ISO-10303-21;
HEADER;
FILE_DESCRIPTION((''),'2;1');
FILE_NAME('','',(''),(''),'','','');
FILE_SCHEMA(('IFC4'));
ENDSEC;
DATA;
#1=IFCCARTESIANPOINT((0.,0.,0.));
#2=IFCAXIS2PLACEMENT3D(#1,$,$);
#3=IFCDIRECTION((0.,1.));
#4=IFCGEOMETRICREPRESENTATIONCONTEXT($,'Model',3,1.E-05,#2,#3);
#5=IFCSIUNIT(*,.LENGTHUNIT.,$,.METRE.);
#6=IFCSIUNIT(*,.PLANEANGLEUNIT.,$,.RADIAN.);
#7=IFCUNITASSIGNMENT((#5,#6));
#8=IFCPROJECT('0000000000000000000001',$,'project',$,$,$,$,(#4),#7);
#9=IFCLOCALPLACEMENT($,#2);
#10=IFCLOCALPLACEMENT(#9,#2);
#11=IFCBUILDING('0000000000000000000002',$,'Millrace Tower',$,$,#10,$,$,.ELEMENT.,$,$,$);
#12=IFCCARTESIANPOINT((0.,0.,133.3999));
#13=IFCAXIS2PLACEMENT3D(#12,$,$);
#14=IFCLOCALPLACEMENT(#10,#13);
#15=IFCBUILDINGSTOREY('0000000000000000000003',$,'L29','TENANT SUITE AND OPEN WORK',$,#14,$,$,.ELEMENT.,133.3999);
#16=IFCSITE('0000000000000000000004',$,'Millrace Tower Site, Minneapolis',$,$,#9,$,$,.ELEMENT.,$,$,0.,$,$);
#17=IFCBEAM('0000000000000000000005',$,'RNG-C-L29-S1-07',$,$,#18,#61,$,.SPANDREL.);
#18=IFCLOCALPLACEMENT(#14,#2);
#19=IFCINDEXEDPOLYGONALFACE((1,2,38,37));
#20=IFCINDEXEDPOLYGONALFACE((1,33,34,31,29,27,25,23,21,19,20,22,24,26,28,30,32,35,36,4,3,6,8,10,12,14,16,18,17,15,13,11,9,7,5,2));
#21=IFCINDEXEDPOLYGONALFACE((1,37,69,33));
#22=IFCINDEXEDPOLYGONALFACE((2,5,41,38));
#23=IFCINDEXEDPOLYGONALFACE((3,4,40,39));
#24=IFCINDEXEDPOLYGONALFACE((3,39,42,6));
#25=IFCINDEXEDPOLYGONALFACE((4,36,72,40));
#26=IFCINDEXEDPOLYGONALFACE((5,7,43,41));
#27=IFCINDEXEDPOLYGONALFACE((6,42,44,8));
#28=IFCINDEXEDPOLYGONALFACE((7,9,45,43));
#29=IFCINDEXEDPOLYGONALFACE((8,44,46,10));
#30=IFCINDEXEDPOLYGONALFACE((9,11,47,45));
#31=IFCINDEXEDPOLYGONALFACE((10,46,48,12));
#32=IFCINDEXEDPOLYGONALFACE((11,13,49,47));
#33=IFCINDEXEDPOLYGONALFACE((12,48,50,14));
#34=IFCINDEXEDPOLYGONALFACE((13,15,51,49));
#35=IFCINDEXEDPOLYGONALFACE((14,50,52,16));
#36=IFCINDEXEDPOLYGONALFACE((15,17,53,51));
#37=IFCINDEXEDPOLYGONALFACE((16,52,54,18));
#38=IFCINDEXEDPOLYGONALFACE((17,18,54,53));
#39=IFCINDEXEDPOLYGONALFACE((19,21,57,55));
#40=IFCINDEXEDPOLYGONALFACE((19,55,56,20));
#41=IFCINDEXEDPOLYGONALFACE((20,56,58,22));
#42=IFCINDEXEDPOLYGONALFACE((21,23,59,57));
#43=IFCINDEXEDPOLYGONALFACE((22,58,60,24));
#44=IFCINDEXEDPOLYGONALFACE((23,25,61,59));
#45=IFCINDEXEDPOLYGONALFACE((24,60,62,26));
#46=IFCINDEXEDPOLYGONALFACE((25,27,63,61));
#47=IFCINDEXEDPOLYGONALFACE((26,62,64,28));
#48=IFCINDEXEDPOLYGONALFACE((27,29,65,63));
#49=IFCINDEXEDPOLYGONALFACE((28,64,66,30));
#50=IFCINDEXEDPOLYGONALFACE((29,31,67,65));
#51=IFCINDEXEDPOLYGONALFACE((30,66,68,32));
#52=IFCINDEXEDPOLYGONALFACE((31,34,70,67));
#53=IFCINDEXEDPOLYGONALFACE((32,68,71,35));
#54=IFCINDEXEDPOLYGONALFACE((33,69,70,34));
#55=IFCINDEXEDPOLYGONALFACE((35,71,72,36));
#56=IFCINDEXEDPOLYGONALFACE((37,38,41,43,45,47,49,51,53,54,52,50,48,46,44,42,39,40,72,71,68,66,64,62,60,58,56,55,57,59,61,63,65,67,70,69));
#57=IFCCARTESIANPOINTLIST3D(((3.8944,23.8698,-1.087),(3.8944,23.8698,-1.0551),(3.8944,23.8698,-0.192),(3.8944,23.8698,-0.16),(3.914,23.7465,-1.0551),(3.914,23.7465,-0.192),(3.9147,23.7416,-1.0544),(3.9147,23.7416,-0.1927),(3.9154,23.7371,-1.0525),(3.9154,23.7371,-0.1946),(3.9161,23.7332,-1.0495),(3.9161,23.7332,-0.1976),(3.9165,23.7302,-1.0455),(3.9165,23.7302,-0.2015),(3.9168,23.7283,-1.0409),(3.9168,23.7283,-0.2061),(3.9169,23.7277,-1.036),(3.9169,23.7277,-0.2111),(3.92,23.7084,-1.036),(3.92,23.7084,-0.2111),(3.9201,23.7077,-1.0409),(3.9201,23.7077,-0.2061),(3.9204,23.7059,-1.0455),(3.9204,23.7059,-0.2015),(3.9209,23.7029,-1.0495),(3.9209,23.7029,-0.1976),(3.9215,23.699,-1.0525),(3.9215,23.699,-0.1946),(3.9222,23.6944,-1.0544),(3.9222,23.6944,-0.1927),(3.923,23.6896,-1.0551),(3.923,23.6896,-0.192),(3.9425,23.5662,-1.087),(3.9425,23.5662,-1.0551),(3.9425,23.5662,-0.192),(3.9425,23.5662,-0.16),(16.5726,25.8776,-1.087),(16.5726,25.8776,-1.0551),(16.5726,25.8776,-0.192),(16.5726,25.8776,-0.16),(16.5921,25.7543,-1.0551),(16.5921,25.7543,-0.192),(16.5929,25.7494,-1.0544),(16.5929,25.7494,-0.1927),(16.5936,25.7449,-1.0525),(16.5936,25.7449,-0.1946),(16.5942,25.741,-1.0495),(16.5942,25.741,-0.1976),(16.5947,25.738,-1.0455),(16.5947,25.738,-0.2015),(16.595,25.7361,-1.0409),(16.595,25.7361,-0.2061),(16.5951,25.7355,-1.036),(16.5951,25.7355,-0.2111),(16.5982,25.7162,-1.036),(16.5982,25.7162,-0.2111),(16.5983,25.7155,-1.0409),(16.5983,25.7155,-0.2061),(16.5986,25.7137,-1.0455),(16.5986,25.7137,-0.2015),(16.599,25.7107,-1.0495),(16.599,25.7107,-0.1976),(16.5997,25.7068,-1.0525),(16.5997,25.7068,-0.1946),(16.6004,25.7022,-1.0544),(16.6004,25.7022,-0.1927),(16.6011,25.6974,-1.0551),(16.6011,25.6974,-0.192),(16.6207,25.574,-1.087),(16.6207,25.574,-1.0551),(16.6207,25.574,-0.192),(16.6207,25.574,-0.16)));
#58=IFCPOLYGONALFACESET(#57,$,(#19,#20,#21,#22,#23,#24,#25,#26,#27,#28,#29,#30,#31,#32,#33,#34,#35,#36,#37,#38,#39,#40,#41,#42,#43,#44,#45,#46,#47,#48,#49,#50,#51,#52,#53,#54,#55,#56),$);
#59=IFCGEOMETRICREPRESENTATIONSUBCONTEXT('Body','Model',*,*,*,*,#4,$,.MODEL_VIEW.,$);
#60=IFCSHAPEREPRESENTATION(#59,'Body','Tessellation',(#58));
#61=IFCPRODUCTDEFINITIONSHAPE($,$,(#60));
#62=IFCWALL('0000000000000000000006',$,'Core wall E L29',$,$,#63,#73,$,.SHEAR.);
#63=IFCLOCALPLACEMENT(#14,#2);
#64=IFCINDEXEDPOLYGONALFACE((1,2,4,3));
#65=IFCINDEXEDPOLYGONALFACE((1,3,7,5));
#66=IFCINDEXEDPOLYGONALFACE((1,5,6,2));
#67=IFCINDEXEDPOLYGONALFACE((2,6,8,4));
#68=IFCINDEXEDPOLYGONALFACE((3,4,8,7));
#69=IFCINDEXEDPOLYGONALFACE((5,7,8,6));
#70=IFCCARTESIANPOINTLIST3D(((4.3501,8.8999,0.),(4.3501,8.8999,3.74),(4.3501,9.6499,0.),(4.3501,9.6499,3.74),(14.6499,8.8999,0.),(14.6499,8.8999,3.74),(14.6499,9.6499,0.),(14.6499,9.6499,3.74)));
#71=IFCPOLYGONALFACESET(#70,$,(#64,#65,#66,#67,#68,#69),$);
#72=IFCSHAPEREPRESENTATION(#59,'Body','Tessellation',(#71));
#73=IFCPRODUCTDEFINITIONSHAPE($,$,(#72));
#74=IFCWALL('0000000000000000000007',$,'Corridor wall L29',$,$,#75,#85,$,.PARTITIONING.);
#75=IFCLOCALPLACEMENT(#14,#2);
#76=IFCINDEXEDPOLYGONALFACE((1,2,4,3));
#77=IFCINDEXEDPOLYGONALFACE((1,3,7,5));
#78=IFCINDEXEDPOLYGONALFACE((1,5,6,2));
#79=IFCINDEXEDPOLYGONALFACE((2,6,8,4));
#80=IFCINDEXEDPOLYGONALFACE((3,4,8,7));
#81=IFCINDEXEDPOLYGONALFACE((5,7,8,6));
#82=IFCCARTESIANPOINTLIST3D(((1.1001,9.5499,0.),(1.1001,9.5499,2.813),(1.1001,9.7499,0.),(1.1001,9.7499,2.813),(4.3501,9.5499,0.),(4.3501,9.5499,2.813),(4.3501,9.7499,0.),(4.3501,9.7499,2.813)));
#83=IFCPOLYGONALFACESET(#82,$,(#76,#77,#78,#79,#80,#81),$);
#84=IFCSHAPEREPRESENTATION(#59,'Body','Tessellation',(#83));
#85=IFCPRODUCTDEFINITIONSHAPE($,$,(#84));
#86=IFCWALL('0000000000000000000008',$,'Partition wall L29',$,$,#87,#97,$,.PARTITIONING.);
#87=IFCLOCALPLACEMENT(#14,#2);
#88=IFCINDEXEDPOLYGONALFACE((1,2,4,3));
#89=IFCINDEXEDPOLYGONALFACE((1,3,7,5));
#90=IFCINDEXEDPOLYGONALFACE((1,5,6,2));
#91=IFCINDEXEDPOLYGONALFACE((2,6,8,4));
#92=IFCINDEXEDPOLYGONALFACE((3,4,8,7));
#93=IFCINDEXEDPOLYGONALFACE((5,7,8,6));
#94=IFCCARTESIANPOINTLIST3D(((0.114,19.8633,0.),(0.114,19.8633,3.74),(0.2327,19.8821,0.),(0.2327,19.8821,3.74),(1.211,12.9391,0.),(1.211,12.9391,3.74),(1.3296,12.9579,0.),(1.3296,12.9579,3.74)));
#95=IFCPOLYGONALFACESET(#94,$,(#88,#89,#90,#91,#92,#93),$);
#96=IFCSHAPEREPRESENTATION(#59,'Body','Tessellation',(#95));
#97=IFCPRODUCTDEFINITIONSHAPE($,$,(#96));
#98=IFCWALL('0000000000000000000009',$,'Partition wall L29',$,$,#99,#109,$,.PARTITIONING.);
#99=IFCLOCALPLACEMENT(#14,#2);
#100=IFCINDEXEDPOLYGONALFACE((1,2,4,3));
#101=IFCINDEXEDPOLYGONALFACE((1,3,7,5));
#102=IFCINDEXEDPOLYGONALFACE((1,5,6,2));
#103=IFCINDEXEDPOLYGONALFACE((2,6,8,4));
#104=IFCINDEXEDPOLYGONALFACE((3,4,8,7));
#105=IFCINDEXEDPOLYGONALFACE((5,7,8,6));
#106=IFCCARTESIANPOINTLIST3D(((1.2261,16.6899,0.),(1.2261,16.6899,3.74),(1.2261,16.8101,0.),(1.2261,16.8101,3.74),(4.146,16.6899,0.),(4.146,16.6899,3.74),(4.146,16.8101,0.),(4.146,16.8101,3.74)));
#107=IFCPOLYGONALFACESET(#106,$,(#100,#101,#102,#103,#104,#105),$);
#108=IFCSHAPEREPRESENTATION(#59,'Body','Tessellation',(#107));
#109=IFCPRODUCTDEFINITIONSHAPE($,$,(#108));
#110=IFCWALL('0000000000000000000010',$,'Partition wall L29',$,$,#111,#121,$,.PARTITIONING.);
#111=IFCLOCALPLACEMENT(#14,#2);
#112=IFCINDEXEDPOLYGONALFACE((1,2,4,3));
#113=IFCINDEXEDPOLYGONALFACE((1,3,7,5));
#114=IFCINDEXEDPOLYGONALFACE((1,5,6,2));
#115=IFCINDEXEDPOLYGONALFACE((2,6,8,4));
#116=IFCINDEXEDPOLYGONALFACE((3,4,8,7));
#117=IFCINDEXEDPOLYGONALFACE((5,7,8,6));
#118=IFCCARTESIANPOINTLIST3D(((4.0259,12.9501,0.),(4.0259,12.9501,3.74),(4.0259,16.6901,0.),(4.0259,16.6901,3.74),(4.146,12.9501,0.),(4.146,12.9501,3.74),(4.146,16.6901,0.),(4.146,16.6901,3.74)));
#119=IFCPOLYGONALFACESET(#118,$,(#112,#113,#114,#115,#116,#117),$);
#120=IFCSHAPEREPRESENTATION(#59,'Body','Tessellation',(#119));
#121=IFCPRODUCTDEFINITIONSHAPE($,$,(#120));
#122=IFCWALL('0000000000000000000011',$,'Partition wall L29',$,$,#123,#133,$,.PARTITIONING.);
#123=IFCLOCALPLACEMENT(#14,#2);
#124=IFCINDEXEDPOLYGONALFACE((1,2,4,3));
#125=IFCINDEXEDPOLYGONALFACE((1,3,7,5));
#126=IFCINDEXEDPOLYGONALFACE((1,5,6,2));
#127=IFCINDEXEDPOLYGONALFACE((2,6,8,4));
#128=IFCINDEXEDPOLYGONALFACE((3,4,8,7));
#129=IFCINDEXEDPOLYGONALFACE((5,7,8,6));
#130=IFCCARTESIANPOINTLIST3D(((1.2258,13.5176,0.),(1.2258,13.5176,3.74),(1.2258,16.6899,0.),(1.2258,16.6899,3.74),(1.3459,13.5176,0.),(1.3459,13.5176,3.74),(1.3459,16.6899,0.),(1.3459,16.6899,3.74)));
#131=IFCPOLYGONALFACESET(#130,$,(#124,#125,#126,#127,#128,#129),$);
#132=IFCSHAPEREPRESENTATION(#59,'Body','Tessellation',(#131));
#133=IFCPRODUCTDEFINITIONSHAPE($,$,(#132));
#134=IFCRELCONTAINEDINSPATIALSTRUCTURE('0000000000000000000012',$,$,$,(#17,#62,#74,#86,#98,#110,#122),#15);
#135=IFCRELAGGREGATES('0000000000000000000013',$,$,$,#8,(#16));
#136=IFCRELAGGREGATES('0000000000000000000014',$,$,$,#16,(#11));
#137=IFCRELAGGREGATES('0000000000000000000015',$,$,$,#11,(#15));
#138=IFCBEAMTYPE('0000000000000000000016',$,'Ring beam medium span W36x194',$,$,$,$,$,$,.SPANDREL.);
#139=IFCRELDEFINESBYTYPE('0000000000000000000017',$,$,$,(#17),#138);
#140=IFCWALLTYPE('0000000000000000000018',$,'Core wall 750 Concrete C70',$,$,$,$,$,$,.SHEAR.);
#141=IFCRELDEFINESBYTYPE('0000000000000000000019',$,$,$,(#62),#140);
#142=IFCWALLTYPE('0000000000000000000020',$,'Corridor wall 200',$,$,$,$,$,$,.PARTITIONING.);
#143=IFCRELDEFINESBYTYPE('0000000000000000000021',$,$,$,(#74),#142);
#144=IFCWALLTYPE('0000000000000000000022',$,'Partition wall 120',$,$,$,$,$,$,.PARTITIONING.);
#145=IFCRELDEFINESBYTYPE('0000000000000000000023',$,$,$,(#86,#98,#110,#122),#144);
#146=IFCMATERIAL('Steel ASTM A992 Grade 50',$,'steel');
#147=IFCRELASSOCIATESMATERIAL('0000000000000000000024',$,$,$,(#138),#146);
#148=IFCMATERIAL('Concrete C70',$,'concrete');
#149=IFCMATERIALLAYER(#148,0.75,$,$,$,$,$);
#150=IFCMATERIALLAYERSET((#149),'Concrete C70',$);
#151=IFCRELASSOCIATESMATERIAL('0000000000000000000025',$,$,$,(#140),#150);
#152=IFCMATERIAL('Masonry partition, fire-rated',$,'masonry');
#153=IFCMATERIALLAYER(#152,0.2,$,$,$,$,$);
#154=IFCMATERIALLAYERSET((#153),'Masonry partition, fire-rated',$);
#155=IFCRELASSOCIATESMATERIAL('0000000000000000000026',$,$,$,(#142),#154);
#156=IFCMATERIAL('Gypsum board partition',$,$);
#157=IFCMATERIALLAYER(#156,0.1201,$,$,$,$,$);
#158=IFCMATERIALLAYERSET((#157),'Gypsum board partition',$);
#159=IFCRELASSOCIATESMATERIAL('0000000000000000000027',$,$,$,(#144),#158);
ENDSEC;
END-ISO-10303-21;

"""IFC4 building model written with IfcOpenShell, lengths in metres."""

from ifc_helpers import new_model, si_unit, direction, frame, frame_2d, origin, origin_2d, place, context, subcontext, project, spatial, rectangle, i_section, extrude, material, layer, layer_set, material_profile, profile_set, type_object, element, save


model = new_model("IFC4")

# Units and contexts
model_context = context("Model", 3, precision=1e-05, world=origin(), true_north=direction((0.0, 1.0)))
body_context = subcontext(model_context, "Body", "Model", "MODEL_VIEW")
ifc_project = project(units=[si_unit("LENGTHUNIT", "METRE"), si_unit("PLANEANGLEUNIT", "RADIAN")], contexts=[model_context])

# Site, building, storey
site_placement = place(None, origin())
site = spatial("IfcSite", under=ifc_project, at=site_placement, Name="Millrace Tower Site, Minneapolis", CompositionType="ELEMENT", RefElevation=0.0)
building_placement = place(site_placement, origin())
building = spatial("IfcBuilding", under=site, at=building_placement, Name="Millrace Tower", CompositionType="ELEMENT")
storey_placement = place(building_placement, frame((0.0, 0.0, 133.3999)))
storey = spatial("IfcBuildingStorey", under=building, at=storey_placement, Name="L29", Description="TENANT SUITE AND OPEN WORK", CompositionType="ELEMENT", Elevation=133.3999)

# Beam
ifc_material_1 = material(Name="Steel ASTM A992 Grade 50", Category="steel")
ifc_material_profile_1 = material_profile(ifc_material_1, i_section(OverallWidth=0.3074, OverallDepth=0.927, WebThickness=0.0195, FlangeThickness=0.032, FilletRadius=0.019, at=origin_2d()))
ifc_profile_set_1 = profile_set([ifc_material_profile_1], Name="Steel ASTM A992 Grade 50")
beam_type_1 = type_object("IfcBeamType", Name="Ring beam medium span W36x194", PredefinedType="SPANDREL", material=ifc_profile_set_1)
beam_1_placement = place(storey_placement, frame((3.9185, 23.718, -0.6235), z_axis=(0.987691, 0.156418, 0.0), x_axis=(-0.156418, 0.987691, 0.0)))
element("IfcBeam", 1, at=beam_1_placement, inside=storey, type_object=beam_type_1, Name="RNG-C-L29-S1-07", PredefinedType="SPANDREL", context=body_context, shape_type="SweptSolid", body=[
    extrude(i_section(OverallWidth=0.3074, OverallDepth=0.927, WebThickness=0.0195, FlangeThickness=0.032, FilletRadius=0.019, at=origin_2d()), origin(), (0.0, 0.0, 1.0), 12.8362),
])

# Walls
ifc_material_2 = material(Name="Concrete C70", Category="concrete")
ifc_layer_1 = layer(ifc_material_2, 0.75)
ifc_layer_set_1 = layer_set([ifc_layer_1], Name="Concrete C70")
wall_type_1 = type_object("IfcWallType", Name="Core wall 750 Concrete C70", PredefinedType="SHEAR", material=ifc_layer_set_1)
wall_1_placement = place(storey_placement, frame((14.6499, 9.2749, 0.0), z_axis=(0.0, 0.0, 1.0), x_axis=(-1.0, 0.0, 0.0)))
element("IfcWall", 2, at=wall_1_placement, inside=storey, type_object=wall_type_1, Name="Core wall E L29", PredefinedType="SHEAR", context=body_context, shape_type="SweptSolid", body=[
    extrude(rectangle(XDim=10.2998, YDim=0.75, at=frame_2d((5.1499, 0.0))), origin(), (0.0, 0.0, 1.0), 3.74),
])
ifc_material_3 = material(Name="Masonry partition, fire-rated", Category="masonry")
ifc_layer_2 = layer(ifc_material_3, 0.2)
ifc_layer_set_2 = layer_set([ifc_layer_2], Name="Masonry partition, fire-rated")
wall_type_2 = type_object("IfcWallType", Name="Corridor wall 200", PredefinedType="PARTITIONING", material=ifc_layer_set_2)
wall_2_placement = place(storey_placement, frame((1.1001, 9.6499, 0.0), z_axis=(0.0, 0.0, 1.0), x_axis=(1.0, 0.0, 0.0)))
element("IfcWall", 3, at=wall_2_placement, inside=storey, type_object=wall_type_2, Name="Corridor wall L29", PredefinedType="PARTITIONING", context=body_context, shape_type="SweptSolid", body=[
    extrude(rectangle(XDim=3.25, YDim=0.2, at=frame_2d((1.625, 0.0))), origin(), (0.0, 0.0, 1.0), 2.813),
])
ifc_material_4 = material(Name="Gypsum board partition")
ifc_layer_3 = layer(ifc_material_4, 0.1201)
ifc_layer_set_3 = layer_set([ifc_layer_3], Name="Gypsum board partition")
wall_type_3 = type_object("IfcWallType", Name="Partition wall 120", PredefinedType="PARTITIONING", material=ifc_layer_set_3)
wall_3_placement = place(storey_placement, frame((0.1733, 19.8728, 0.0), z_axis=(0.0, 0.0, 1.0), x_axis=(0.15647, -0.987683, 0.0)))
element("IfcWall", 4, at=wall_3_placement, inside=storey, type_object=wall_type_3, Name="Partition wall L29", PredefinedType="PARTITIONING", context=body_context, shape_type="SweptSolid", body=[
    extrude(rectangle(XDim=7.0105, YDim=0.1201, at=frame_2d((3.5054, 0.0))), origin(), (0.0, 0.0, 1.0), 3.74),
])
wall_4_placement = place(storey_placement, frame((1.2261, 16.75, 0.0), z_axis=(0.0, 0.0, 1.0), x_axis=(1.0, 0.0, 0.0)))
element("IfcWall", 5, at=wall_4_placement, inside=storey, type_object=wall_type_3, Name="Partition wall L29", PredefinedType="PARTITIONING", context=body_context, shape_type="SweptSolid", body=[
    extrude(rectangle(XDim=2.9199, YDim=0.1201, at=frame_2d((1.46, 0.0))), origin(), (0.0, 0.0, 1.0), 3.74),
])
wall_5_placement = place(storey_placement, frame((4.0859, 12.95, 0.0), z_axis=(0.0, 0.0, 1.0), x_axis=(0.0, 1.0, 0.0)))
element("IfcWall", 6, at=wall_5_placement, inside=storey, type_object=wall_type_3, Name="Partition wall L29", PredefinedType="PARTITIONING", context=body_context, shape_type="SweptSolid", body=[
    extrude(rectangle(XDim=3.74, YDim=0.1201, at=frame_2d((1.8701, 0.0))), origin(), (0.0, 0.0, 1.0), 3.74),
])
wall_6_placement = place(storey_placement, frame((1.2859, 13.5176, 0.0), z_axis=(0.0, 0.0, 1.0), x_axis=(0.0, 1.0, 0.0)))
element("IfcWall", 7, at=wall_6_placement, inside=storey, type_object=wall_type_3, Name="Partition wall L29", PredefinedType="PARTITIONING", context=body_context, shape_type="SweptSolid", body=[
    extrude(rectangle(XDim=3.1724, YDim=0.1201, at=frame_2d((1.5862, 0.0))), origin(), (0.0, 0.0, 1.0), 3.74),
])

save(model, "model.ifc")
